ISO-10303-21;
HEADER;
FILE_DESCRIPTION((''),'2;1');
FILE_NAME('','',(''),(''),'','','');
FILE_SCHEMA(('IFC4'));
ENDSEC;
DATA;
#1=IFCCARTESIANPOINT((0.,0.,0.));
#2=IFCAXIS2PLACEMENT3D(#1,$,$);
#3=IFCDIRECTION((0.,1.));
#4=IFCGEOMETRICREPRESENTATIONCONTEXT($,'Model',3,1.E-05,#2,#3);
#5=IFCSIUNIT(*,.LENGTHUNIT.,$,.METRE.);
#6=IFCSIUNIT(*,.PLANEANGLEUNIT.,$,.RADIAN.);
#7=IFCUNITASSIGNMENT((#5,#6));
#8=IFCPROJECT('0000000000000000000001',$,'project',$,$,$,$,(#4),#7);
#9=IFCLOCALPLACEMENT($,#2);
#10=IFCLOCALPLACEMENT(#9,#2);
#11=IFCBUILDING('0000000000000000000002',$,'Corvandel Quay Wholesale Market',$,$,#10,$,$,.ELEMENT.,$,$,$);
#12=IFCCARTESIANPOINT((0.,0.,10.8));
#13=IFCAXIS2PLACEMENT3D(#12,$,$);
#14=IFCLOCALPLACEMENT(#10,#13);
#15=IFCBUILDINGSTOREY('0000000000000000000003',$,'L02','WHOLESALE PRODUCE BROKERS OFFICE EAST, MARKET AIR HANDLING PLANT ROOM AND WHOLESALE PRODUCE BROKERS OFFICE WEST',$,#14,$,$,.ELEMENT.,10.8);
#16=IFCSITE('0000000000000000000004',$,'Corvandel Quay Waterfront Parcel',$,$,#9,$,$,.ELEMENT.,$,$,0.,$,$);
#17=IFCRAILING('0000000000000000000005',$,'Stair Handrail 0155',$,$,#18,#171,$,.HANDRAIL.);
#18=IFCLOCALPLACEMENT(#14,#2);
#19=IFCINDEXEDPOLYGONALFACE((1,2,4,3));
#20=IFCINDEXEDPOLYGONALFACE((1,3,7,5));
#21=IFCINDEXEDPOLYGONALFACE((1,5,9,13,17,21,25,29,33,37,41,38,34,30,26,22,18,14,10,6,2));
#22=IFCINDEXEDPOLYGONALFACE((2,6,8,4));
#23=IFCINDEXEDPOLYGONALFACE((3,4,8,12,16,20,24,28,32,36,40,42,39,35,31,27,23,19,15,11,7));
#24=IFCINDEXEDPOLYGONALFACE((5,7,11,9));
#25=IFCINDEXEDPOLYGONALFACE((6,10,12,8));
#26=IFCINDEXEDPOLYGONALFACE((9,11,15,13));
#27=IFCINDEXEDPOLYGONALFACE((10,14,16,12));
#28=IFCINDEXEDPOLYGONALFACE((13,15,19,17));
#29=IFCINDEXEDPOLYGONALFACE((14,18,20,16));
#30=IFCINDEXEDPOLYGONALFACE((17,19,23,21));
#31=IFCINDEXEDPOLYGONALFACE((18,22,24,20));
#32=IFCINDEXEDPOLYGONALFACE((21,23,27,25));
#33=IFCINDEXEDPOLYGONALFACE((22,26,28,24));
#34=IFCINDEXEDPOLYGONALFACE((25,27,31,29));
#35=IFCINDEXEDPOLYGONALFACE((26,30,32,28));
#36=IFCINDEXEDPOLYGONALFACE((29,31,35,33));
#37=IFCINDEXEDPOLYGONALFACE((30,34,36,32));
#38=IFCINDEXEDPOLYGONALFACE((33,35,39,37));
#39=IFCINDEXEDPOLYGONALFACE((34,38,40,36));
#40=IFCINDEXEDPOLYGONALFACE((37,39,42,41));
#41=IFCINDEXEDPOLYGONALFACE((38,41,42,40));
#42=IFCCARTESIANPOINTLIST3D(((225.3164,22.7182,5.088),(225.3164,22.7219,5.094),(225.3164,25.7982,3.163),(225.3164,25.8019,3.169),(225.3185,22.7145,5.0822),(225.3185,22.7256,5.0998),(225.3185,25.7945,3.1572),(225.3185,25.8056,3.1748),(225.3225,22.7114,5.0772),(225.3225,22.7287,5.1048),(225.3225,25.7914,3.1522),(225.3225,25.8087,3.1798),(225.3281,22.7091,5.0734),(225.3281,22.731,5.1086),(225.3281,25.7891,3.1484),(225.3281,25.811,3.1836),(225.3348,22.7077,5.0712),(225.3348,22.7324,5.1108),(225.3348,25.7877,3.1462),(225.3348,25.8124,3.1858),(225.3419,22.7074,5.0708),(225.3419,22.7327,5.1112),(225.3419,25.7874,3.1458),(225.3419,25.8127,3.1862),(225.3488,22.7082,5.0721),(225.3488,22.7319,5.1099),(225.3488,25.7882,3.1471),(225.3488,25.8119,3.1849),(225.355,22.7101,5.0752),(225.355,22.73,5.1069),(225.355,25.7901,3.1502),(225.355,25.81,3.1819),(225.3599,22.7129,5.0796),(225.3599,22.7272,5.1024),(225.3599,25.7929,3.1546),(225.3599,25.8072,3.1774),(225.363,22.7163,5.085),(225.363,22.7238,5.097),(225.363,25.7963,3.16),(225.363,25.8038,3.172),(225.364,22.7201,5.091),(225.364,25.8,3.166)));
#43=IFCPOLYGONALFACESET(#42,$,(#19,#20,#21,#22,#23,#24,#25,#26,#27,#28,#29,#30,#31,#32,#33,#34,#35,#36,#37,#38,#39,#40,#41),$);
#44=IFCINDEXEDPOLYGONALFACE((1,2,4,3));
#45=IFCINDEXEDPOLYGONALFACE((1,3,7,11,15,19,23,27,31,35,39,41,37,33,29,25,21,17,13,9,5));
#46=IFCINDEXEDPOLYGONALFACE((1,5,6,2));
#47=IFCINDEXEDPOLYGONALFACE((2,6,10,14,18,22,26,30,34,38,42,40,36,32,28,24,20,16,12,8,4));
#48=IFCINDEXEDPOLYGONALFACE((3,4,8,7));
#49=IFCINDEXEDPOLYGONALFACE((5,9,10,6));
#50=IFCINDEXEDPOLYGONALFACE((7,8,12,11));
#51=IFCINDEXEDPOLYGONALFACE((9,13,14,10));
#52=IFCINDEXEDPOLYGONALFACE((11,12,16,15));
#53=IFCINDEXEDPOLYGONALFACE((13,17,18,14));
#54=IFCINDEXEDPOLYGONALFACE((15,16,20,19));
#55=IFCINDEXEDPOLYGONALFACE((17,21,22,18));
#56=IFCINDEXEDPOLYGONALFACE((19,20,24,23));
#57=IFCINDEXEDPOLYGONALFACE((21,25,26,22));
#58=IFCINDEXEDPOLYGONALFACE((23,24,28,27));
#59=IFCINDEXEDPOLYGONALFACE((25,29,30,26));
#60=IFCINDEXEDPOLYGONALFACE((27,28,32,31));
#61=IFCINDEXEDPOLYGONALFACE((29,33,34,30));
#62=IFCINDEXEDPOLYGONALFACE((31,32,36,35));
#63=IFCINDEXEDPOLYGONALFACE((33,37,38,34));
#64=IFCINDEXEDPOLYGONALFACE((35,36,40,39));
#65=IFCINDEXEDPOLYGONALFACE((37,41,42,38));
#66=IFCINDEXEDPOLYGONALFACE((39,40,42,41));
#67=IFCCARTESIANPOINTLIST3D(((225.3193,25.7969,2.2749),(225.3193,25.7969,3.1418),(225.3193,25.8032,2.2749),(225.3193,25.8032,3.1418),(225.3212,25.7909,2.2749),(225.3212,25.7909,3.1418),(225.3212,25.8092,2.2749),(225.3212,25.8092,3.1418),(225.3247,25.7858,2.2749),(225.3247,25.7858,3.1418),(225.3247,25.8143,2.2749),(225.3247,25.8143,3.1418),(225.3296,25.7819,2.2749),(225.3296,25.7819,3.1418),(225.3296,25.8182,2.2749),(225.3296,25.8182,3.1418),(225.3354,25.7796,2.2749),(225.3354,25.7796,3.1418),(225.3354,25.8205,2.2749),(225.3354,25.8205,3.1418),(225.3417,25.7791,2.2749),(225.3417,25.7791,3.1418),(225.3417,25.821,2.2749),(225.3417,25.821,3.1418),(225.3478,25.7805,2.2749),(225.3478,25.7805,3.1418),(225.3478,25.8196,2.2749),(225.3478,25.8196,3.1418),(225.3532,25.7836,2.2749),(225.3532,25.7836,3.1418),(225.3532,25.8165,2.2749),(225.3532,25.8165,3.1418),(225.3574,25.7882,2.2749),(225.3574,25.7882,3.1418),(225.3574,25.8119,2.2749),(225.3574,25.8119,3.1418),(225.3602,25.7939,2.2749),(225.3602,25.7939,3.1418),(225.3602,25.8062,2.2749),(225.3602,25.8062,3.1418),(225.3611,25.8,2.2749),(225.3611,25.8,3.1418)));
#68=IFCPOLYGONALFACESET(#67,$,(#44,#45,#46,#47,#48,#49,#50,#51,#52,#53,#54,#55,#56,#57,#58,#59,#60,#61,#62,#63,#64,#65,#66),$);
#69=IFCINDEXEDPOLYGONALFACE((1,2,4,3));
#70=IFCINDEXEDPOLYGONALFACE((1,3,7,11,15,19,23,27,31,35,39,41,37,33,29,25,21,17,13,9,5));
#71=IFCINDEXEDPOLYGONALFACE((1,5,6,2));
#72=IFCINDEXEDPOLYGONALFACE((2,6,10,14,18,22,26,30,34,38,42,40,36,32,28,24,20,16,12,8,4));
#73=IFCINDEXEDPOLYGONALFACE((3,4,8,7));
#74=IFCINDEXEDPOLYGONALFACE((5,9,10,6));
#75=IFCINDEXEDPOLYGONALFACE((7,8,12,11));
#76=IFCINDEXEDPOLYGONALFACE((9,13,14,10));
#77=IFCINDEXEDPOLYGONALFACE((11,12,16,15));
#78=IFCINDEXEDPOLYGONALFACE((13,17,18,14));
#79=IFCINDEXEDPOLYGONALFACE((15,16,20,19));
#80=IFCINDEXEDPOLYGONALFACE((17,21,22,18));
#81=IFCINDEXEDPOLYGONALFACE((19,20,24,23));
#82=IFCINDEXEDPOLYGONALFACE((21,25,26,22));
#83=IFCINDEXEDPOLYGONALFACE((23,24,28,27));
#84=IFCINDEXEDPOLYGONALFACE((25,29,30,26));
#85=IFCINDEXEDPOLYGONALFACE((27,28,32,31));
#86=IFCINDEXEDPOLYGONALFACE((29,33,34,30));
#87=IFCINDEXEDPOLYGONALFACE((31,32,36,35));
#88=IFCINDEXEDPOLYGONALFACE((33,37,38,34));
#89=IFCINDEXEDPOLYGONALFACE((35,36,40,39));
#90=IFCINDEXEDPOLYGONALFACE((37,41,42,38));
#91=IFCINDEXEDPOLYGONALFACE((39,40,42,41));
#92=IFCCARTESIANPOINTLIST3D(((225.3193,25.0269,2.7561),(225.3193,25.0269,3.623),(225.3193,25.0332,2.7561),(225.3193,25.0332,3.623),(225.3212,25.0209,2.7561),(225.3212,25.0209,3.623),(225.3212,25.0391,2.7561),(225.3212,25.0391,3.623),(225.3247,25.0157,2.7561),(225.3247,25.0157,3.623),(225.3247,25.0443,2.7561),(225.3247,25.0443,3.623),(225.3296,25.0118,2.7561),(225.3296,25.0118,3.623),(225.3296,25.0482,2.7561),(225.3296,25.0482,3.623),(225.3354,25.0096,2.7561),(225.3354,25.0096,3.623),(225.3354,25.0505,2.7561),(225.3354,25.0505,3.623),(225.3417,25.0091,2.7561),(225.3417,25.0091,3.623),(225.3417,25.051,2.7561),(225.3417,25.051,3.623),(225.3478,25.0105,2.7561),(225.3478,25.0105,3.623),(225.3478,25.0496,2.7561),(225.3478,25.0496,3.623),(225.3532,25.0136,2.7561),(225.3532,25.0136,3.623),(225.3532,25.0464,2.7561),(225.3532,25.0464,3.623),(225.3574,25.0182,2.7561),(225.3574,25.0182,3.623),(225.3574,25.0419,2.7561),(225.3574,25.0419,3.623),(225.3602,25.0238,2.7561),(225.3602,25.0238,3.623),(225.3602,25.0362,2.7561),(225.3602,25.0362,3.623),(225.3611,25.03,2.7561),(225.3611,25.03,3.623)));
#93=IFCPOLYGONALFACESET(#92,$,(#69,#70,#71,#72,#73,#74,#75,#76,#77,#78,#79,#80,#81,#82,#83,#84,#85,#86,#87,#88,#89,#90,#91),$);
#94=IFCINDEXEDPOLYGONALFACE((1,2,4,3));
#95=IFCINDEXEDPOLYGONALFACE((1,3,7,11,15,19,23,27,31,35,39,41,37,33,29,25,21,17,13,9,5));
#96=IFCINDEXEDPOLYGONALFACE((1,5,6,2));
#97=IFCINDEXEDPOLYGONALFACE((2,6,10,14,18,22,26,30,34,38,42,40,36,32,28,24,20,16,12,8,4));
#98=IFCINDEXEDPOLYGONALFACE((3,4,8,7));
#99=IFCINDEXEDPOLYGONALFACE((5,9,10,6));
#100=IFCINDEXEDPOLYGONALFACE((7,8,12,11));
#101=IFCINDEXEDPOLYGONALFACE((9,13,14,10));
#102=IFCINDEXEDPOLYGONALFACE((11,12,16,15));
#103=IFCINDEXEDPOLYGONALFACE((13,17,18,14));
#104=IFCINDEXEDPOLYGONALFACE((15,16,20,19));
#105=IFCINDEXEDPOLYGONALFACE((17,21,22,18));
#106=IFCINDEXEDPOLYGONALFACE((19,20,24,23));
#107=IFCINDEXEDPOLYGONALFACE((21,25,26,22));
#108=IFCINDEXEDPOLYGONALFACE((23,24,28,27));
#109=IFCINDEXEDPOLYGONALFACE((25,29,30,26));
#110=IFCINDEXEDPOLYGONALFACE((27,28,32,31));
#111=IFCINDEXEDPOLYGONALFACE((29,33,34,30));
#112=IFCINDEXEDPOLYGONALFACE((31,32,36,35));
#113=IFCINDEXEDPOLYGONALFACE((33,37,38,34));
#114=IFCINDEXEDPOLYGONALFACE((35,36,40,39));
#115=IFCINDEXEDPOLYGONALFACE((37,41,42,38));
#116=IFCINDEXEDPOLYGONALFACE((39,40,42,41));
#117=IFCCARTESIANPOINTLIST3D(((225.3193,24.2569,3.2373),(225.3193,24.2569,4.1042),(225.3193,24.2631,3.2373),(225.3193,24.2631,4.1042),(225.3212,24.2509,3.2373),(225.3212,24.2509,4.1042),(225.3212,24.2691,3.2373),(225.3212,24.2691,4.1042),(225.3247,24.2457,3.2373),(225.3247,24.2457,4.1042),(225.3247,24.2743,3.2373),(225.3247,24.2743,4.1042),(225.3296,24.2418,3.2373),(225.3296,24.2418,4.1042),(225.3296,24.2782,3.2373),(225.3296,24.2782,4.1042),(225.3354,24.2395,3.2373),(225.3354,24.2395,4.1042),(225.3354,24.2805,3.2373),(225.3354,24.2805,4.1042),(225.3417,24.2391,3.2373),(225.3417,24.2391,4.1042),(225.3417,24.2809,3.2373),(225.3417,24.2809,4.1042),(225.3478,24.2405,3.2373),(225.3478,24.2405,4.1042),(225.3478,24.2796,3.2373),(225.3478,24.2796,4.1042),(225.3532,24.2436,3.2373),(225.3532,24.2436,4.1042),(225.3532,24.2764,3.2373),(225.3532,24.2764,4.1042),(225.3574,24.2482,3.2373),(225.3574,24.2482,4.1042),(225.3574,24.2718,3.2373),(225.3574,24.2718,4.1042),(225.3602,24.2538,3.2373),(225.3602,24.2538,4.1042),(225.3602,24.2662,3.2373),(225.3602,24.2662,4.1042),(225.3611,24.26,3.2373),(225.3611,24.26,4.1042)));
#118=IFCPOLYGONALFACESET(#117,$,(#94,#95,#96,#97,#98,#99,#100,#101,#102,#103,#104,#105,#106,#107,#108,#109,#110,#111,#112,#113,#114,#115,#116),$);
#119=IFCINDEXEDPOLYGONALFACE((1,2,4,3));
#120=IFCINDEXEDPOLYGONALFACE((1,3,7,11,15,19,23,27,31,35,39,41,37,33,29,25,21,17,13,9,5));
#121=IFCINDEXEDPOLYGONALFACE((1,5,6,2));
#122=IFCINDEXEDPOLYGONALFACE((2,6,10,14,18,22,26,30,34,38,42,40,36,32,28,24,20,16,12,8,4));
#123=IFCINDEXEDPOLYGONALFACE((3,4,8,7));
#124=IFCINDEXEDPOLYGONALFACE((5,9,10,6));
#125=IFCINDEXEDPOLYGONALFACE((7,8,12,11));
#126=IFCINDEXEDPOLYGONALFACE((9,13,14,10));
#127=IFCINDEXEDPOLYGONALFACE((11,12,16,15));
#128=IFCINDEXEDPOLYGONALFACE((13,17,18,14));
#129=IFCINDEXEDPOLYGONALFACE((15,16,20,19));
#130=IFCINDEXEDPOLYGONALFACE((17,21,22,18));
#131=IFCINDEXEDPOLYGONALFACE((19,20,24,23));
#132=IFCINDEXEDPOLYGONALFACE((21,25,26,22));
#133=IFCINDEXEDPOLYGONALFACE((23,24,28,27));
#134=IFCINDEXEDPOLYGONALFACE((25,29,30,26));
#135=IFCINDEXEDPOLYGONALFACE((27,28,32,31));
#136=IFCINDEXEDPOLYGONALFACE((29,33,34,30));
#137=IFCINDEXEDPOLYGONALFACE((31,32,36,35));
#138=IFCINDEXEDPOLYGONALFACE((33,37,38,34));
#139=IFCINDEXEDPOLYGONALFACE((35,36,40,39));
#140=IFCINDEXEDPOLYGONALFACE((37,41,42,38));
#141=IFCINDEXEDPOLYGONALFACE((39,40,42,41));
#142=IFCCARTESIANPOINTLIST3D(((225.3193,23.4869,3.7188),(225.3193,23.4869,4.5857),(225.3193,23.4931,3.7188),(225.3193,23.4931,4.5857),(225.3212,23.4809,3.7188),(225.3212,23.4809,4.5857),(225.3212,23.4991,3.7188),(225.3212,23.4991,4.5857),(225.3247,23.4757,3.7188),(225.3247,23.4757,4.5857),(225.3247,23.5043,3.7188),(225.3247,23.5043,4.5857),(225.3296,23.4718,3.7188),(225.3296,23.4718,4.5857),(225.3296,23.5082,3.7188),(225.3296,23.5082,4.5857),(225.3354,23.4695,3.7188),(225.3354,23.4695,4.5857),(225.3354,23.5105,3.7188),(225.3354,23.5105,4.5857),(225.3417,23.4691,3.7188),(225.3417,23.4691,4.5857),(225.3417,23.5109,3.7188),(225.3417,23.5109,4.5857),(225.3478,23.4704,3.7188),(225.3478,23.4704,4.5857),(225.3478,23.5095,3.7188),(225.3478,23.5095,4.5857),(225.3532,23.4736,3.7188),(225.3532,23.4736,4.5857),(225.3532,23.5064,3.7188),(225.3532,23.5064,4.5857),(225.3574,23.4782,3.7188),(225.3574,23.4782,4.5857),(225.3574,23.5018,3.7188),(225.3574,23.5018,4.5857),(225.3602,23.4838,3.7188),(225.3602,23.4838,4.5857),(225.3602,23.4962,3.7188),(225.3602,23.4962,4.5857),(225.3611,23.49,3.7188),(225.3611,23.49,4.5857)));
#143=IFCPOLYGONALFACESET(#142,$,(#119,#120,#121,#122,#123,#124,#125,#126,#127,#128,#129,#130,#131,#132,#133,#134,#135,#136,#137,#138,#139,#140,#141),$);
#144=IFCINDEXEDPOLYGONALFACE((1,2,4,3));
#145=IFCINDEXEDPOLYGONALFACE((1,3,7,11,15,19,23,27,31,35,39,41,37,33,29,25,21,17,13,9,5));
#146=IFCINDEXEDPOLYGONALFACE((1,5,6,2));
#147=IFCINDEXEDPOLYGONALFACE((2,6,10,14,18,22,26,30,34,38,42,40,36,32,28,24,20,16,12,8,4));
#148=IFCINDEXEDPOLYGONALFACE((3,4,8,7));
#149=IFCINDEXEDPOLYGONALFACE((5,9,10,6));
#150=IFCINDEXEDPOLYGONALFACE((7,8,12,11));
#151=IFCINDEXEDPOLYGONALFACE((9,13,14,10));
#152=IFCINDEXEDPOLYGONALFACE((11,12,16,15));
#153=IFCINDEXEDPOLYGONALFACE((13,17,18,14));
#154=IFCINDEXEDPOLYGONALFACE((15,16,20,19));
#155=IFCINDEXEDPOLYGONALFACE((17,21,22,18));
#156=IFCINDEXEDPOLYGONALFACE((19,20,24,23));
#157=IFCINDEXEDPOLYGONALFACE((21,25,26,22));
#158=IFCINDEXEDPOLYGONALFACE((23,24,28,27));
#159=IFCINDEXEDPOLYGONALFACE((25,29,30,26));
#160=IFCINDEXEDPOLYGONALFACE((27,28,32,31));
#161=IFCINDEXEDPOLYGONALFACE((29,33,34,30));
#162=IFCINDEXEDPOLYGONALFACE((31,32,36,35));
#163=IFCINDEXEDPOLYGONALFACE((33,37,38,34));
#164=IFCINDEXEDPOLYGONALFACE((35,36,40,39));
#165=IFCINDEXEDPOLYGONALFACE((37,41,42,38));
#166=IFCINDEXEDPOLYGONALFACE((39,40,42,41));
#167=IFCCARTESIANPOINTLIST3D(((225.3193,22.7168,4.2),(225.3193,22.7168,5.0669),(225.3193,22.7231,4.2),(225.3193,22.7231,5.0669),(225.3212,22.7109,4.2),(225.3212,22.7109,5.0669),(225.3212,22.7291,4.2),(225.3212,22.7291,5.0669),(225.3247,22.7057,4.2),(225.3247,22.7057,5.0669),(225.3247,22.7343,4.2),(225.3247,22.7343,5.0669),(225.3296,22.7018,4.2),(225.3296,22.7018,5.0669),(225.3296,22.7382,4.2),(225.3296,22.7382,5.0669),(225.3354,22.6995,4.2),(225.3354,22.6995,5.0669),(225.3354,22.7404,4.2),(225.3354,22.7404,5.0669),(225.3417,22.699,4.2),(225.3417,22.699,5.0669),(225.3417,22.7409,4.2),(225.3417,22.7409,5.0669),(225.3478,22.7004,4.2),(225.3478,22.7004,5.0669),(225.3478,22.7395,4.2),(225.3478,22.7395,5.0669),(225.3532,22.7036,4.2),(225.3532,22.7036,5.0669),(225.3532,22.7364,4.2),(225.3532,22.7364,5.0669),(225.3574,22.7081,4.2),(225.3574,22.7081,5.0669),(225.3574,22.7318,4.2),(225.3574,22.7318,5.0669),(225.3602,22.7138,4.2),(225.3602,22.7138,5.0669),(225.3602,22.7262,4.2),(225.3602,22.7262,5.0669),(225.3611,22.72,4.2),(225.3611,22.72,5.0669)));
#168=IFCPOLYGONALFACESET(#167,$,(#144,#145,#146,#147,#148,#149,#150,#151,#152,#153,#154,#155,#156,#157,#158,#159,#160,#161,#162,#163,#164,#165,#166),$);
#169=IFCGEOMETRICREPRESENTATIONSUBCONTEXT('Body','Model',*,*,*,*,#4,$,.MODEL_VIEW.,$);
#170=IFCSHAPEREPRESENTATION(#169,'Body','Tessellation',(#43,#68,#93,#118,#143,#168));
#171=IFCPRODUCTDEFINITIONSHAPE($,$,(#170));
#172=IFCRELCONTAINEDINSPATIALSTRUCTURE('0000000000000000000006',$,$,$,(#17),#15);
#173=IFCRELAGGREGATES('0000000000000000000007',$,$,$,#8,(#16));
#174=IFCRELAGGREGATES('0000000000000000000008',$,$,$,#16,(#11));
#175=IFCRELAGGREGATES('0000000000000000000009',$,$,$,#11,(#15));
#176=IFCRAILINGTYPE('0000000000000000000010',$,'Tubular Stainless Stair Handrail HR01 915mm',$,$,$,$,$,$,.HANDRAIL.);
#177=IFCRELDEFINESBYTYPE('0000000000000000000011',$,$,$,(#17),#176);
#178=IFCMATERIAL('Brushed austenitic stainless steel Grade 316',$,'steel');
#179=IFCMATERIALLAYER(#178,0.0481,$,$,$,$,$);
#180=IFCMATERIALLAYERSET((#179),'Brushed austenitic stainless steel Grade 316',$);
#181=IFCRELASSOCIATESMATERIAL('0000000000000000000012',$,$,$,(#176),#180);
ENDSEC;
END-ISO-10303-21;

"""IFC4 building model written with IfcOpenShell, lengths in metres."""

from ifc_helpers import new_model, si_unit, direction, frame, origin, origin_2d, place, context, subcontext, project, spatial, circle, extrude, material, layer, layer_set, type_object, element, save


model = new_model("IFC4")

# Units and contexts
model_context = context("Model", 3, precision=1e-05, world=origin(), true_north=direction((0.0, 1.0)))
body_context = subcontext(model_context, "Body", "Model", "MODEL_VIEW")
ifc_project = project(units=[si_unit("LENGTHUNIT", "METRE"), si_unit("PLANEANGLEUNIT", "RADIAN")], contexts=[model_context])

# Site, building, storey
site_placement = place(None, origin())
site = spatial("IfcSite", under=ifc_project, at=site_placement, Name="Corvandel Quay Waterfront Parcel", CompositionType="ELEMENT", RefElevation=0.0)
building_placement = place(site_placement, origin())
building = spatial("IfcBuilding", under=site, at=building_placement, Name="Corvandel Quay Wholesale Market", CompositionType="ELEMENT")
storey_placement = place(building_placement, frame((0.0, 0.0, 10.8)))
storey = spatial("IfcBuildingStorey", under=building, at=storey_placement, Name="L02", Description="WHOLESALE PRODUCE BROKERS OFFICE EAST, MARKET AIR HANDLING PLANT ROOM AND WHOLESALE PRODUCE BROKERS OFFICE WEST", CompositionType="ELEMENT", Elevation=10.8)

# Railing
ifc_material_1 = material(Name="Brushed austenitic stainless steel Grade 316", Category="steel")
ifc_layer_1 = layer(ifc_material_1, 0.0481)
ifc_layer_set_1 = layer_set([ifc_layer_1], Name="Brushed austenitic stainless steel Grade 316")
railing_type = type_object("IfcRailingType", Name="Tubular Stainless Stair Handrail HR01 915mm", PredefinedType="HANDRAIL", material=ifc_layer_set_1)
for number, where, name in (
    (1, (225.3401, 25.8, 2.2749), "Stair Handrail 0155"),
):
    element("IfcRailing", number, at=place(storey_placement, frame(where)), inside=storey, type_object=railing_type, Name=name, PredefinedType="HANDRAIL", context=body_context, shape_type="SweptSolid", body=[
        extrude(circle(Radius=0.0239, at=origin_2d()), frame((0.0, 0.0, 0.8911), z_axis=(0.0, -0.847998, 0.529999), x_axis=(1.0, 0.0, 0.0)), (0.0, 0.0, 1.0), 3.6321),
        extrude(circle(Radius=0.021, at=origin_2d()), origin(), (0.0, 0.0, 1.0), 0.8669),
        extrude(circle(Radius=0.021, at=origin_2d()), frame((0.0, -0.77, 0.4812)), (0.0, 0.0, 1.0), 0.8669),
        extrude(circle(Radius=0.021, at=origin_2d()), frame((0.0, -1.54, 0.9624)), (0.0, 0.0, 1.0), 0.8669),
        extrude(circle(Radius=0.021, at=origin_2d()), frame((0.0, -2.3101, 1.4438)), (0.0, 0.0, 1.0), 0.8669),
        extrude(circle(Radius=0.021, at=origin_2d()), frame((0.0, -3.0801, 1.925)), (0.0, 0.0, 1.0), 0.8669),
    ])

save(model, "model.ifc")
